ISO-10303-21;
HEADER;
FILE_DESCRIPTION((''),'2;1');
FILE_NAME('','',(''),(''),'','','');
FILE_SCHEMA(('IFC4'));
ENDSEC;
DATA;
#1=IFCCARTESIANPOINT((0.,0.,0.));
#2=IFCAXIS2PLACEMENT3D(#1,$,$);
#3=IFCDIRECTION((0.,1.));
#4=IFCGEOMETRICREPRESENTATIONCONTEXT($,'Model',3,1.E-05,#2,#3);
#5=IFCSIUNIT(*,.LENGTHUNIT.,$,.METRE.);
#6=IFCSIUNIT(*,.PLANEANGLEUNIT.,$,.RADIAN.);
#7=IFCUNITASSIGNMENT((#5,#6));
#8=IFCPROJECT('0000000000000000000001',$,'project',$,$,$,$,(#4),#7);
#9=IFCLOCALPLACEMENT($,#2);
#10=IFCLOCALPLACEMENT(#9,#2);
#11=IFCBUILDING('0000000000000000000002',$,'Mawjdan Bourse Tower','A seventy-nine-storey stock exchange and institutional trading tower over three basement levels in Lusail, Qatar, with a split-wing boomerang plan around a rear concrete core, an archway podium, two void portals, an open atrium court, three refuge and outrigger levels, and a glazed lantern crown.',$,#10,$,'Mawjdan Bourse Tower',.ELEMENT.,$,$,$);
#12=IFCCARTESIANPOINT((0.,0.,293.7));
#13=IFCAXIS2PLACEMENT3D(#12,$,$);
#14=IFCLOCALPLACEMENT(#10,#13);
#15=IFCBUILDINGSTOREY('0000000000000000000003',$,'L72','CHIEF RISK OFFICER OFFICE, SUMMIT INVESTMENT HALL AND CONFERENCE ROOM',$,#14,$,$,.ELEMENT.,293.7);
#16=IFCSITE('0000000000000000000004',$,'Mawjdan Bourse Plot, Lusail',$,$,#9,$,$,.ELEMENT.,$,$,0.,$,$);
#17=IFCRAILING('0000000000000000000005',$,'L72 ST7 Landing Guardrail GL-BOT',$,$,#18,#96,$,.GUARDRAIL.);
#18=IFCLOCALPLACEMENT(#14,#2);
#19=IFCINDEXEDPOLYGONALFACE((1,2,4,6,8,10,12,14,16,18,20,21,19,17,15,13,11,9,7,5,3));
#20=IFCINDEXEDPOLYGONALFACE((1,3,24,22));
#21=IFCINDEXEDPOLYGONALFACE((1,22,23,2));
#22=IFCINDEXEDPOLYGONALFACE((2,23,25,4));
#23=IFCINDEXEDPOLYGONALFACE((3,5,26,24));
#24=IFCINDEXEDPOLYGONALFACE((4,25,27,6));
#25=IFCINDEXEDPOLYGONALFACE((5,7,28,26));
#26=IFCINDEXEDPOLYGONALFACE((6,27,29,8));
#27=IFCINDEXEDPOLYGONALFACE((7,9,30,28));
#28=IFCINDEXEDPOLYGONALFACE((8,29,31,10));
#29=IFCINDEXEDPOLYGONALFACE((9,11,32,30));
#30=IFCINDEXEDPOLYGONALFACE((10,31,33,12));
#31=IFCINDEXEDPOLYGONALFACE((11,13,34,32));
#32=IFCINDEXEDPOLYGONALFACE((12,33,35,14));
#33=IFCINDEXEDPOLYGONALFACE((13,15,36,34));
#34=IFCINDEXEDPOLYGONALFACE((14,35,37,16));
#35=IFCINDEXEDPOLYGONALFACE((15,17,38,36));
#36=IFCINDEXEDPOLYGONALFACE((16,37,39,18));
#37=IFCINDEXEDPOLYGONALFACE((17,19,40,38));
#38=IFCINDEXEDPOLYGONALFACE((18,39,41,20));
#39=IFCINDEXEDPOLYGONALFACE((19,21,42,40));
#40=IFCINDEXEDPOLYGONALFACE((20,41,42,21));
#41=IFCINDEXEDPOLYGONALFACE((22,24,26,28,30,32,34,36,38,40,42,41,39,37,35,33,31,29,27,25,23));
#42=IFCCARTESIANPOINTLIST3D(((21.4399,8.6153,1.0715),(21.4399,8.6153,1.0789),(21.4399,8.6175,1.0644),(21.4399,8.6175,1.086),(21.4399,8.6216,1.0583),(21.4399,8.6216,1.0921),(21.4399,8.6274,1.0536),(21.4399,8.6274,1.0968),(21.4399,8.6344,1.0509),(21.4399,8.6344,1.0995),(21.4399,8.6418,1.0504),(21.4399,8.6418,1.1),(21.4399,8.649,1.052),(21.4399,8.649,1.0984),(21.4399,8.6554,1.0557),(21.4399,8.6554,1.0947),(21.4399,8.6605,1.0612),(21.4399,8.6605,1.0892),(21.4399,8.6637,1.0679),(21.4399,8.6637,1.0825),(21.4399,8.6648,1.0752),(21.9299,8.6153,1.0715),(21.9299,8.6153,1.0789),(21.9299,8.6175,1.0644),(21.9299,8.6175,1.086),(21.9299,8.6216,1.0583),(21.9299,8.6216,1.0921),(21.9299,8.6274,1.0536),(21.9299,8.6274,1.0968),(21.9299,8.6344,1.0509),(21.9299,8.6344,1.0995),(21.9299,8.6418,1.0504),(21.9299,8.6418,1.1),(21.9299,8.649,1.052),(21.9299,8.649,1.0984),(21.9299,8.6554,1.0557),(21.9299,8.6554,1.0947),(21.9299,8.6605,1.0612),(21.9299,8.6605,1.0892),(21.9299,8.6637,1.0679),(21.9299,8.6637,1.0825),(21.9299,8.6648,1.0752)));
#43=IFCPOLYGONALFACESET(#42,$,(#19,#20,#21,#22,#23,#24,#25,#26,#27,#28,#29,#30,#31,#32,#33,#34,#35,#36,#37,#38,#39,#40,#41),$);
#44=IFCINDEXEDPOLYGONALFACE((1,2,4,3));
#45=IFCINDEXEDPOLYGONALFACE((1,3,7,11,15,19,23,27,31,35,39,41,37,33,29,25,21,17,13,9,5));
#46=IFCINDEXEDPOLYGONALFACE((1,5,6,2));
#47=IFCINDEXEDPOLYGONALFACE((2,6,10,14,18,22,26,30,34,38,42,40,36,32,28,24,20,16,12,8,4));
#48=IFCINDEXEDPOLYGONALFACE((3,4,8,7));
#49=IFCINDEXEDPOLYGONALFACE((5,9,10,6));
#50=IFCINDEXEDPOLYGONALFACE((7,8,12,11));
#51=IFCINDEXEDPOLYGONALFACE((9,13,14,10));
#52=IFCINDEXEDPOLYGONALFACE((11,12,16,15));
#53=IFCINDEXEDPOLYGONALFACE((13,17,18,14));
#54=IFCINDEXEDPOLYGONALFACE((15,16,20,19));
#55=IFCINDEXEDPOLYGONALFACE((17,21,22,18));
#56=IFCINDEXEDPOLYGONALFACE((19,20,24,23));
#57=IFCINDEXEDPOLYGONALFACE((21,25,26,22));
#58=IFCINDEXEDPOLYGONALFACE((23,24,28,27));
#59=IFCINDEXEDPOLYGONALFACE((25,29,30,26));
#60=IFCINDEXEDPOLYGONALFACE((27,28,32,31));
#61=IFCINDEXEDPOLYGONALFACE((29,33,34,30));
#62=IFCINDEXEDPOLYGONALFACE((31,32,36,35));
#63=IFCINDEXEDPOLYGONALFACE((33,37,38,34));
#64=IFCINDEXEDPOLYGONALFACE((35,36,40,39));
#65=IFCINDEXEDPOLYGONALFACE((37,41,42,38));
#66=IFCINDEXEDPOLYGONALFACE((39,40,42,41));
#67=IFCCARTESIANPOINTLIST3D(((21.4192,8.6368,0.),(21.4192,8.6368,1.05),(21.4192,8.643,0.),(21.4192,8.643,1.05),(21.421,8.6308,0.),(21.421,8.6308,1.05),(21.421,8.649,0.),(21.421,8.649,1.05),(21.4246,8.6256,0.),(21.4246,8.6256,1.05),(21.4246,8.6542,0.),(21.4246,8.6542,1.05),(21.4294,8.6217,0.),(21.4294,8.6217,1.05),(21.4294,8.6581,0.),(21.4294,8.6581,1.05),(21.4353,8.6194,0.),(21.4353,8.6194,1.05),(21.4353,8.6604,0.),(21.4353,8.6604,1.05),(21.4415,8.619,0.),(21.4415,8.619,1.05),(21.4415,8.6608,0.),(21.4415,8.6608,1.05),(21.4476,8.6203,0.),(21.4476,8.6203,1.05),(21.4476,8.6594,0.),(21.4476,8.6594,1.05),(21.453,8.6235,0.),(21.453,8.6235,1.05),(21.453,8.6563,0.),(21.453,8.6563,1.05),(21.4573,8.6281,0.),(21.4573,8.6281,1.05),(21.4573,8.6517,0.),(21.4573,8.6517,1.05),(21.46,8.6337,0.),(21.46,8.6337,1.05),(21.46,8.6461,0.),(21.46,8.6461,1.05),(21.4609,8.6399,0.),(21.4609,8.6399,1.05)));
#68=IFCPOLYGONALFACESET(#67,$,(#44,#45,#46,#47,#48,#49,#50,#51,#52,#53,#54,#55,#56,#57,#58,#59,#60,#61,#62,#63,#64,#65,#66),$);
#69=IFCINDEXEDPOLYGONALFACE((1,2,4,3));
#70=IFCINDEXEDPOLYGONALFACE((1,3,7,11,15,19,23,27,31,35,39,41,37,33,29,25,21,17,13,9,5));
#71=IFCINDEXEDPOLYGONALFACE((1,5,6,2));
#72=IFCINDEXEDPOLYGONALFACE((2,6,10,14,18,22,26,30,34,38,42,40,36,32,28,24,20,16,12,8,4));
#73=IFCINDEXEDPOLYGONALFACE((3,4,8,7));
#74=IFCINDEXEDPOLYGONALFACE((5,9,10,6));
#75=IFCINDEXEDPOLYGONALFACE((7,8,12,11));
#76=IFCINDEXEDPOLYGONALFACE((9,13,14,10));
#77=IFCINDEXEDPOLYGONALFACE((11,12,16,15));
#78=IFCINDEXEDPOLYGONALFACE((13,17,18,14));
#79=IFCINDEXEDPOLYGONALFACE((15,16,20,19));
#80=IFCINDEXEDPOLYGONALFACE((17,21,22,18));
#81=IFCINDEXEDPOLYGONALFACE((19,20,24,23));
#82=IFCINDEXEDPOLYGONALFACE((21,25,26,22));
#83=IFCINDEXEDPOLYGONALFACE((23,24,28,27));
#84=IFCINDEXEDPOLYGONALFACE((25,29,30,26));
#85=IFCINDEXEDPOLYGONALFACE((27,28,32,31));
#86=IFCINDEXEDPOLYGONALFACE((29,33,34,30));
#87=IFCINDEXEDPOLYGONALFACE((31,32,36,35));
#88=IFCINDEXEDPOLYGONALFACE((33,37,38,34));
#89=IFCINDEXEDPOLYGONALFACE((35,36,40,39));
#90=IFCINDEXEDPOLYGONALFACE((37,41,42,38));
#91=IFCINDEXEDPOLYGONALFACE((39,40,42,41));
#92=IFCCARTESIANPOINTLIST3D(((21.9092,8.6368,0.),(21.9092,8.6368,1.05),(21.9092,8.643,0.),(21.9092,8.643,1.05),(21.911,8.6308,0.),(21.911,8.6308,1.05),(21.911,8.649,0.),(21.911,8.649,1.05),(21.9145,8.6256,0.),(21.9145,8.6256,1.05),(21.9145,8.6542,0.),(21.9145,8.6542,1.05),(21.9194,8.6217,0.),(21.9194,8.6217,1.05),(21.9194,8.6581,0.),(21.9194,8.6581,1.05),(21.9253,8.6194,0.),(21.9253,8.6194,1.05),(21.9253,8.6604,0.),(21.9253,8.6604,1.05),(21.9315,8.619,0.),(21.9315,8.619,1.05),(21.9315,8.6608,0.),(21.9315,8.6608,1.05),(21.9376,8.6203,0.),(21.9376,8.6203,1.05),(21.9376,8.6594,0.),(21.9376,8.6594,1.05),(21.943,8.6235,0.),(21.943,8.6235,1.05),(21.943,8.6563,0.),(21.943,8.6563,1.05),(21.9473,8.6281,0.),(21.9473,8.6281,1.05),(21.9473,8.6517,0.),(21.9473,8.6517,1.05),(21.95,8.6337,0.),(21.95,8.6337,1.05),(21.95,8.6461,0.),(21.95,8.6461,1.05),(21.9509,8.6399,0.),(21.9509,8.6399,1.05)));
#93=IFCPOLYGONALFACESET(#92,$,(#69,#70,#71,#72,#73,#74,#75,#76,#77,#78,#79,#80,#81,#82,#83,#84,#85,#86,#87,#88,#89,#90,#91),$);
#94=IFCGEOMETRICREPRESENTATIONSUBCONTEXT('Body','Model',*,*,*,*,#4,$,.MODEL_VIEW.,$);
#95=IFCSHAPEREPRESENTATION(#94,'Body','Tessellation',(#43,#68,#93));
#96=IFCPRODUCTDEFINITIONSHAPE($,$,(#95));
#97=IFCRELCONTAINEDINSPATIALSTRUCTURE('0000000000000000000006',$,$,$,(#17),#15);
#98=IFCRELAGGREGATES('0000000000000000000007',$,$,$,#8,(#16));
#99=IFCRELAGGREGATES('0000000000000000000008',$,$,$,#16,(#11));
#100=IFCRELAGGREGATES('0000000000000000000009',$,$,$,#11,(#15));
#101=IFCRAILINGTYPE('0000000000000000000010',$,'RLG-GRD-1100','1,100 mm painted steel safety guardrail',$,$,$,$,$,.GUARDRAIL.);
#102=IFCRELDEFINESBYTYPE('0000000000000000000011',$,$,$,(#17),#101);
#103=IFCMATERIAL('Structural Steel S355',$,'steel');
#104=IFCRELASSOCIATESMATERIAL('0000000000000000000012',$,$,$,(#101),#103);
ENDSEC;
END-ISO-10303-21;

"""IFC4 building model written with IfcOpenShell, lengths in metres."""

from ifc_helpers import new_model, si_unit, direction, frame, origin, origin_2d, place, context, subcontext, project, spatial, circle, extrude, material, type_object, element, save


model = new_model("IFC4")

# Units and contexts
model_context = context("Model", 3, precision=1e-05, world=origin(), true_north=direction((0.0, 1.0)))
body_context = subcontext(model_context, "Body", "Model", "MODEL_VIEW")
ifc_project = project(units=[si_unit("LENGTHUNIT", "METRE"), si_unit("PLANEANGLEUNIT", "RADIAN")], contexts=[model_context])

# Site, building, storey
site_placement = place(None, origin())
site = spatial("IfcSite", under=ifc_project, at=site_placement, Name="Mawjdan Bourse Plot, Lusail", CompositionType="ELEMENT", RefElevation=0.0)
building_placement = place(site_placement, origin())
building = spatial("IfcBuilding", under=site, at=building_placement, Name="Mawjdan Bourse Tower", Description="A seventy-nine-storey stock exchange and institutional trading tower over three basement levels in Lusail, Qatar, with a split-wing boomerang plan around a rear concrete core, an archway podium, two void portals, an open atrium court, three refuge and outrigger levels, and a glazed lantern crown.", LongName="Mawjdan Bourse Tower", CompositionType="ELEMENT")
storey_placement = place(building_placement, frame((0.0, 0.0, 293.7)))
storey = spatial("IfcBuildingStorey", under=building, at=storey_placement, Name="L72", Description="CHIEF RISK OFFICER OFFICE, SUMMIT INVESTMENT HALL AND CONFERENCE ROOM", CompositionType="ELEMENT", Elevation=293.7)

# Shared definitions
ifc_material_1 = material(Name="Structural Steel S355", Category="steel")

# Railing
railing_type_1 = type_object("IfcRailingType", Name="RLG-GRD-1100", Description="1,100 mm painted steel safety guardrail", PredefinedType="GUARDRAIL", material=ifc_material_1)
for number, where, name in (
    (1, (21.4399, 8.6399, 0.0), "L72 ST7 Landing Guardrail GL-BOT"),
):
    element("IfcRailing", number, at=place(storey_placement, frame(where)), inside=storey, type_object=railing_type_1, Name=name, PredefinedType="GUARDRAIL", context=body_context, shape_type="SweptSolid", body=[
        extrude(circle(Radius=0.0249, at=origin_2d()), frame((0.0, 0.0, 1.0752), z_axis=(1.0, 0.0, 0.0), x_axis=(0.0, 1.0, 0.0)), (0.0, 0.0, 1.0), 0.49),
        extrude(circle(Radius=0.021, at=origin_2d()), origin(), (0.0, 0.0, 1.0), 1.05),
        extrude(circle(Radius=0.021, at=origin_2d()), frame((0.49, 0.0, 0.0)), (0.0, 0.0, 1.0), 1.05),
    ])

save(model, "model.ifc")
